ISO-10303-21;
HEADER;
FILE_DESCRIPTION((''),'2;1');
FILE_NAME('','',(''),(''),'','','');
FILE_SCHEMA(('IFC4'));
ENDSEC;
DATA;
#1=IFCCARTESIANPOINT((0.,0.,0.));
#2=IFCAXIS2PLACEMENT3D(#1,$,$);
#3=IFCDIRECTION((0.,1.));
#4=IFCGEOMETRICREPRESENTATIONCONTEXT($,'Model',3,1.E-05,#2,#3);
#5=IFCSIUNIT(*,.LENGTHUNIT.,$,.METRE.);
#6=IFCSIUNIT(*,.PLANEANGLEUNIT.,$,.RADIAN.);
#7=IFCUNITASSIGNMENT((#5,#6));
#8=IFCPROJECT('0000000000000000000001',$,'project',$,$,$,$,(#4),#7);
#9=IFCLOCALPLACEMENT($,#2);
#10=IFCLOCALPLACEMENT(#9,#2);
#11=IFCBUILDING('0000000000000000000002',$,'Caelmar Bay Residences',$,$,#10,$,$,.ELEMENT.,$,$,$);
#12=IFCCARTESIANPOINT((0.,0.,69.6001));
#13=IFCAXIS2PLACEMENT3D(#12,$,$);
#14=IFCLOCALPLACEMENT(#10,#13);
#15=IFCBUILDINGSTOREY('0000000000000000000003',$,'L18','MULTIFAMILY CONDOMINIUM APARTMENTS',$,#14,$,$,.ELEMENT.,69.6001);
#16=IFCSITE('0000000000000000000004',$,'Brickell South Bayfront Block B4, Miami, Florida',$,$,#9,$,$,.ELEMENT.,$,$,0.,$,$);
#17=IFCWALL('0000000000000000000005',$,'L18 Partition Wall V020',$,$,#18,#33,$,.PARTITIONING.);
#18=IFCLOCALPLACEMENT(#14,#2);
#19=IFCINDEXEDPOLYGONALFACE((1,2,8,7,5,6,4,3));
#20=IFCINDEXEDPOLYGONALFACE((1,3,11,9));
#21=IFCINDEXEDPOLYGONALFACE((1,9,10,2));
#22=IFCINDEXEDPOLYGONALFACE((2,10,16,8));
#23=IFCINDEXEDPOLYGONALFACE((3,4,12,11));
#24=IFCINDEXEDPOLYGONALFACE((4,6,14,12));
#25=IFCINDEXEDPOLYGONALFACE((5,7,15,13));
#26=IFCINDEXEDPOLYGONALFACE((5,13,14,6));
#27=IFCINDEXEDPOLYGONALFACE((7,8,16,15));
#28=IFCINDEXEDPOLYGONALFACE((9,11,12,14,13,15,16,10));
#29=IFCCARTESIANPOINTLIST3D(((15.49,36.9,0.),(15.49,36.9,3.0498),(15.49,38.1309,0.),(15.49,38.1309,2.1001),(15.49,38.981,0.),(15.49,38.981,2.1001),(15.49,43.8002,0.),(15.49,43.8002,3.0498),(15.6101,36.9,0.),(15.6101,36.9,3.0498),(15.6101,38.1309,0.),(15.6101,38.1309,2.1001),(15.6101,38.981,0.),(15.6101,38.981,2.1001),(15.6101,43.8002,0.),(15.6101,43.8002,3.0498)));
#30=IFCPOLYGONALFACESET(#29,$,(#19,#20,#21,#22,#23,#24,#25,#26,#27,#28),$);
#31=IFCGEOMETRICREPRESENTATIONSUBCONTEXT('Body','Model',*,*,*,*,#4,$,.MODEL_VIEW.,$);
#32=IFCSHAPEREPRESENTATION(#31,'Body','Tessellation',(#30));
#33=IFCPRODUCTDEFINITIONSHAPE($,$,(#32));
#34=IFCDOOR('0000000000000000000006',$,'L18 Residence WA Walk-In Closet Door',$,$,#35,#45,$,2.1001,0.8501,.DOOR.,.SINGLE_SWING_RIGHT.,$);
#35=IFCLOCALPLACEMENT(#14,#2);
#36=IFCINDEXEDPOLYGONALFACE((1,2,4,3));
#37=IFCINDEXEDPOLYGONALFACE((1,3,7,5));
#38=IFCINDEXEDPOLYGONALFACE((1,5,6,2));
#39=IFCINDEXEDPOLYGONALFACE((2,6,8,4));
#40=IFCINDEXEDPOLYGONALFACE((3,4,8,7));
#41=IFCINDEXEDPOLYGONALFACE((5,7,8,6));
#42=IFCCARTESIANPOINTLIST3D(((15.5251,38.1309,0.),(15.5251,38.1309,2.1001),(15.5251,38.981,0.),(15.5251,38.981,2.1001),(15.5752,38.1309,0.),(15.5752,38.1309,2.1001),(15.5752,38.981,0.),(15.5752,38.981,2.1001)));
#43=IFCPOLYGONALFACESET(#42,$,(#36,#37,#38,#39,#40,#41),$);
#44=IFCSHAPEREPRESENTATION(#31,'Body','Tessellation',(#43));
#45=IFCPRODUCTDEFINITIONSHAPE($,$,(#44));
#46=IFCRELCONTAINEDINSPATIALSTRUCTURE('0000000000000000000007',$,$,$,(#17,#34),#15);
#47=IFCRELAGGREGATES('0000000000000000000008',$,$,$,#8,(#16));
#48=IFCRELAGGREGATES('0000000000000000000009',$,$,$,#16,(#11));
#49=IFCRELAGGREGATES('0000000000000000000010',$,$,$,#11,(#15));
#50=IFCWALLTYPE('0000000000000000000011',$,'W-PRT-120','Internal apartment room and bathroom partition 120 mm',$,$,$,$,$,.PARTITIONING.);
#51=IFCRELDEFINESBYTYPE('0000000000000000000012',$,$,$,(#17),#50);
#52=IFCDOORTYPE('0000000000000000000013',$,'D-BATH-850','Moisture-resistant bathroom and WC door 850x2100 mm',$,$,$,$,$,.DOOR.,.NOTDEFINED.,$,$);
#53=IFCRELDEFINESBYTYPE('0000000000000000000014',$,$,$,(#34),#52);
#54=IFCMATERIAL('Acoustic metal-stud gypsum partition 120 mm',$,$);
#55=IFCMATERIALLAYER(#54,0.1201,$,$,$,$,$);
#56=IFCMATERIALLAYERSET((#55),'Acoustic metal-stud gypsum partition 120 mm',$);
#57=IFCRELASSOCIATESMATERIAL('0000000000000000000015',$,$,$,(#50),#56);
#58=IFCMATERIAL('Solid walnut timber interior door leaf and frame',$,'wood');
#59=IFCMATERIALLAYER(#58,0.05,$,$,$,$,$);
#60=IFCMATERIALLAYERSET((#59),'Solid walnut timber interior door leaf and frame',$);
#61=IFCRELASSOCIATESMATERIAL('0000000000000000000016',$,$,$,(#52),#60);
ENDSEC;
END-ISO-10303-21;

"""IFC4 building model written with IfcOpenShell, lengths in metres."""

from ifc_helpers import new_model, si_unit, direction, frame, frame_2d, origin, place, context, subcontext, project, spatial, rectangle, extrude, material, layer, layer_set, type_object, element, fill, save


model = new_model("IFC4")

# Units and contexts
model_context = context("Model", 3, precision=1e-05, world=origin(), true_north=direction((0.0, 1.0)))
body_context = subcontext(model_context, "Body", "Model", "MODEL_VIEW")
ifc_project = project(units=[si_unit("LENGTHUNIT", "METRE"), si_unit("PLANEANGLEUNIT", "RADIAN")], contexts=[model_context])

# Site, building, storey
site_placement = place(None, origin())
site = spatial("IfcSite", under=ifc_project, at=site_placement, Name="Brickell South Bayfront Block B4, Miami, Florida", CompositionType="ELEMENT", RefElevation=0.0)
building_placement = place(site_placement, origin())
building = spatial("IfcBuilding", under=site, at=building_placement, Name="Caelmar Bay Residences", CompositionType="ELEMENT")
storey_placement = place(building_placement, frame((0.0, 0.0, 69.6001)))
storey = spatial("IfcBuildingStorey", under=building, at=storey_placement, Name="L18", Description="MULTIFAMILY CONDOMINIUM APARTMENTS", CompositionType="ELEMENT", Elevation=69.6001)

# Shared definitions
ifc_material_1 = material(Name="Acoustic metal-stud gypsum partition 120 mm")
ifc_layer_1 = layer(ifc_material_1, 0.1201)
ifc_layer_set_1 = layer_set([ifc_layer_1], Name="Acoustic metal-stud gypsum partition 120 mm")
wall_type_1 = type_object("IfcWallType", Name="W-PRT-120", Description="Internal apartment room and bathroom partition 120 mm", PredefinedType="PARTITIONING", material=ifc_layer_set_1)

# Wall, opening, door
wall_1_placement = place(storey_placement, frame((15.55, 36.8999, 0.0), z_axis=(0.0, 0.0, 1.0), x_axis=(0.0, 1.0, 0.0)))
wall_1 = element("IfcWall", 1, at=wall_1_placement, inside=storey, type_object=wall_type_1, Name="L18 Partition Wall V020", PredefinedType="PARTITIONING", context=body_context, shape_type="SweptSolid", body=[
    extrude(rectangle(XDim=6.9001, YDim=0.1201, at=frame_2d((3.4502, 0.0))), origin(), (0.0, 0.0, 1.0), 3.0498),
])
opening_1_placement = place(wall_1_placement, frame((1.231, 0.0, 0.0)))
opening_1 = element("IfcOpeningElement", 2, at=opening_1_placement, cuts=wall_1, PredefinedType="OPENING", context=body_context, shape_type="SweptSolid", body=[
    extrude(rectangle(XDim=0.8501, YDim=2.1001, at=frame_2d((0.425, 1.05))), frame((0.0, 0.0701, 0.0), z_axis=(0.0, -1.0, 0.0), x_axis=(1.0, 0.0, 0.0)), (0.0, 0.0, 1.0), 0.1401),
])
ifc_material_2 = material(Name="Solid walnut timber interior door leaf and frame", Category="wood")
ifc_layer_2 = layer(ifc_material_2, 0.05)
ifc_layer_set_2 = layer_set([ifc_layer_2], Name="Solid walnut timber interior door leaf and frame")
door_type_1 = type_object("IfcDoorType", Name="D-BATH-850", Description="Moisture-resistant bathroom and WC door 850x2100 mm", OperationType="NOTDEFINED", PredefinedType="DOOR", material=ifc_layer_set_2)
door_1_placement = place(opening_1_placement, origin())
door_1 = element("IfcDoor", 3, at=door_1_placement, inside=storey, type_object=door_type_1, Name="L18 Residence WA Walk-In Closet Door", OperationType="SINGLE_SWING_RIGHT", OverallHeight=2.1001, OverallWidth=0.8501, PredefinedType="DOOR", context=body_context, shape_type="SweptSolid", body=[
    extrude(rectangle(XDim=0.8501, YDim=2.1001, at=frame_2d((0.425, 1.05))), frame((0.0, 0.0249, 0.0), z_axis=(0.0, -1.0, 0.0), x_axis=(1.0, 0.0, 0.0)), (0.0, 0.0, 1.0), 0.05),
])
fill(opening_1, door_1)

save(model, "model.ifc")
